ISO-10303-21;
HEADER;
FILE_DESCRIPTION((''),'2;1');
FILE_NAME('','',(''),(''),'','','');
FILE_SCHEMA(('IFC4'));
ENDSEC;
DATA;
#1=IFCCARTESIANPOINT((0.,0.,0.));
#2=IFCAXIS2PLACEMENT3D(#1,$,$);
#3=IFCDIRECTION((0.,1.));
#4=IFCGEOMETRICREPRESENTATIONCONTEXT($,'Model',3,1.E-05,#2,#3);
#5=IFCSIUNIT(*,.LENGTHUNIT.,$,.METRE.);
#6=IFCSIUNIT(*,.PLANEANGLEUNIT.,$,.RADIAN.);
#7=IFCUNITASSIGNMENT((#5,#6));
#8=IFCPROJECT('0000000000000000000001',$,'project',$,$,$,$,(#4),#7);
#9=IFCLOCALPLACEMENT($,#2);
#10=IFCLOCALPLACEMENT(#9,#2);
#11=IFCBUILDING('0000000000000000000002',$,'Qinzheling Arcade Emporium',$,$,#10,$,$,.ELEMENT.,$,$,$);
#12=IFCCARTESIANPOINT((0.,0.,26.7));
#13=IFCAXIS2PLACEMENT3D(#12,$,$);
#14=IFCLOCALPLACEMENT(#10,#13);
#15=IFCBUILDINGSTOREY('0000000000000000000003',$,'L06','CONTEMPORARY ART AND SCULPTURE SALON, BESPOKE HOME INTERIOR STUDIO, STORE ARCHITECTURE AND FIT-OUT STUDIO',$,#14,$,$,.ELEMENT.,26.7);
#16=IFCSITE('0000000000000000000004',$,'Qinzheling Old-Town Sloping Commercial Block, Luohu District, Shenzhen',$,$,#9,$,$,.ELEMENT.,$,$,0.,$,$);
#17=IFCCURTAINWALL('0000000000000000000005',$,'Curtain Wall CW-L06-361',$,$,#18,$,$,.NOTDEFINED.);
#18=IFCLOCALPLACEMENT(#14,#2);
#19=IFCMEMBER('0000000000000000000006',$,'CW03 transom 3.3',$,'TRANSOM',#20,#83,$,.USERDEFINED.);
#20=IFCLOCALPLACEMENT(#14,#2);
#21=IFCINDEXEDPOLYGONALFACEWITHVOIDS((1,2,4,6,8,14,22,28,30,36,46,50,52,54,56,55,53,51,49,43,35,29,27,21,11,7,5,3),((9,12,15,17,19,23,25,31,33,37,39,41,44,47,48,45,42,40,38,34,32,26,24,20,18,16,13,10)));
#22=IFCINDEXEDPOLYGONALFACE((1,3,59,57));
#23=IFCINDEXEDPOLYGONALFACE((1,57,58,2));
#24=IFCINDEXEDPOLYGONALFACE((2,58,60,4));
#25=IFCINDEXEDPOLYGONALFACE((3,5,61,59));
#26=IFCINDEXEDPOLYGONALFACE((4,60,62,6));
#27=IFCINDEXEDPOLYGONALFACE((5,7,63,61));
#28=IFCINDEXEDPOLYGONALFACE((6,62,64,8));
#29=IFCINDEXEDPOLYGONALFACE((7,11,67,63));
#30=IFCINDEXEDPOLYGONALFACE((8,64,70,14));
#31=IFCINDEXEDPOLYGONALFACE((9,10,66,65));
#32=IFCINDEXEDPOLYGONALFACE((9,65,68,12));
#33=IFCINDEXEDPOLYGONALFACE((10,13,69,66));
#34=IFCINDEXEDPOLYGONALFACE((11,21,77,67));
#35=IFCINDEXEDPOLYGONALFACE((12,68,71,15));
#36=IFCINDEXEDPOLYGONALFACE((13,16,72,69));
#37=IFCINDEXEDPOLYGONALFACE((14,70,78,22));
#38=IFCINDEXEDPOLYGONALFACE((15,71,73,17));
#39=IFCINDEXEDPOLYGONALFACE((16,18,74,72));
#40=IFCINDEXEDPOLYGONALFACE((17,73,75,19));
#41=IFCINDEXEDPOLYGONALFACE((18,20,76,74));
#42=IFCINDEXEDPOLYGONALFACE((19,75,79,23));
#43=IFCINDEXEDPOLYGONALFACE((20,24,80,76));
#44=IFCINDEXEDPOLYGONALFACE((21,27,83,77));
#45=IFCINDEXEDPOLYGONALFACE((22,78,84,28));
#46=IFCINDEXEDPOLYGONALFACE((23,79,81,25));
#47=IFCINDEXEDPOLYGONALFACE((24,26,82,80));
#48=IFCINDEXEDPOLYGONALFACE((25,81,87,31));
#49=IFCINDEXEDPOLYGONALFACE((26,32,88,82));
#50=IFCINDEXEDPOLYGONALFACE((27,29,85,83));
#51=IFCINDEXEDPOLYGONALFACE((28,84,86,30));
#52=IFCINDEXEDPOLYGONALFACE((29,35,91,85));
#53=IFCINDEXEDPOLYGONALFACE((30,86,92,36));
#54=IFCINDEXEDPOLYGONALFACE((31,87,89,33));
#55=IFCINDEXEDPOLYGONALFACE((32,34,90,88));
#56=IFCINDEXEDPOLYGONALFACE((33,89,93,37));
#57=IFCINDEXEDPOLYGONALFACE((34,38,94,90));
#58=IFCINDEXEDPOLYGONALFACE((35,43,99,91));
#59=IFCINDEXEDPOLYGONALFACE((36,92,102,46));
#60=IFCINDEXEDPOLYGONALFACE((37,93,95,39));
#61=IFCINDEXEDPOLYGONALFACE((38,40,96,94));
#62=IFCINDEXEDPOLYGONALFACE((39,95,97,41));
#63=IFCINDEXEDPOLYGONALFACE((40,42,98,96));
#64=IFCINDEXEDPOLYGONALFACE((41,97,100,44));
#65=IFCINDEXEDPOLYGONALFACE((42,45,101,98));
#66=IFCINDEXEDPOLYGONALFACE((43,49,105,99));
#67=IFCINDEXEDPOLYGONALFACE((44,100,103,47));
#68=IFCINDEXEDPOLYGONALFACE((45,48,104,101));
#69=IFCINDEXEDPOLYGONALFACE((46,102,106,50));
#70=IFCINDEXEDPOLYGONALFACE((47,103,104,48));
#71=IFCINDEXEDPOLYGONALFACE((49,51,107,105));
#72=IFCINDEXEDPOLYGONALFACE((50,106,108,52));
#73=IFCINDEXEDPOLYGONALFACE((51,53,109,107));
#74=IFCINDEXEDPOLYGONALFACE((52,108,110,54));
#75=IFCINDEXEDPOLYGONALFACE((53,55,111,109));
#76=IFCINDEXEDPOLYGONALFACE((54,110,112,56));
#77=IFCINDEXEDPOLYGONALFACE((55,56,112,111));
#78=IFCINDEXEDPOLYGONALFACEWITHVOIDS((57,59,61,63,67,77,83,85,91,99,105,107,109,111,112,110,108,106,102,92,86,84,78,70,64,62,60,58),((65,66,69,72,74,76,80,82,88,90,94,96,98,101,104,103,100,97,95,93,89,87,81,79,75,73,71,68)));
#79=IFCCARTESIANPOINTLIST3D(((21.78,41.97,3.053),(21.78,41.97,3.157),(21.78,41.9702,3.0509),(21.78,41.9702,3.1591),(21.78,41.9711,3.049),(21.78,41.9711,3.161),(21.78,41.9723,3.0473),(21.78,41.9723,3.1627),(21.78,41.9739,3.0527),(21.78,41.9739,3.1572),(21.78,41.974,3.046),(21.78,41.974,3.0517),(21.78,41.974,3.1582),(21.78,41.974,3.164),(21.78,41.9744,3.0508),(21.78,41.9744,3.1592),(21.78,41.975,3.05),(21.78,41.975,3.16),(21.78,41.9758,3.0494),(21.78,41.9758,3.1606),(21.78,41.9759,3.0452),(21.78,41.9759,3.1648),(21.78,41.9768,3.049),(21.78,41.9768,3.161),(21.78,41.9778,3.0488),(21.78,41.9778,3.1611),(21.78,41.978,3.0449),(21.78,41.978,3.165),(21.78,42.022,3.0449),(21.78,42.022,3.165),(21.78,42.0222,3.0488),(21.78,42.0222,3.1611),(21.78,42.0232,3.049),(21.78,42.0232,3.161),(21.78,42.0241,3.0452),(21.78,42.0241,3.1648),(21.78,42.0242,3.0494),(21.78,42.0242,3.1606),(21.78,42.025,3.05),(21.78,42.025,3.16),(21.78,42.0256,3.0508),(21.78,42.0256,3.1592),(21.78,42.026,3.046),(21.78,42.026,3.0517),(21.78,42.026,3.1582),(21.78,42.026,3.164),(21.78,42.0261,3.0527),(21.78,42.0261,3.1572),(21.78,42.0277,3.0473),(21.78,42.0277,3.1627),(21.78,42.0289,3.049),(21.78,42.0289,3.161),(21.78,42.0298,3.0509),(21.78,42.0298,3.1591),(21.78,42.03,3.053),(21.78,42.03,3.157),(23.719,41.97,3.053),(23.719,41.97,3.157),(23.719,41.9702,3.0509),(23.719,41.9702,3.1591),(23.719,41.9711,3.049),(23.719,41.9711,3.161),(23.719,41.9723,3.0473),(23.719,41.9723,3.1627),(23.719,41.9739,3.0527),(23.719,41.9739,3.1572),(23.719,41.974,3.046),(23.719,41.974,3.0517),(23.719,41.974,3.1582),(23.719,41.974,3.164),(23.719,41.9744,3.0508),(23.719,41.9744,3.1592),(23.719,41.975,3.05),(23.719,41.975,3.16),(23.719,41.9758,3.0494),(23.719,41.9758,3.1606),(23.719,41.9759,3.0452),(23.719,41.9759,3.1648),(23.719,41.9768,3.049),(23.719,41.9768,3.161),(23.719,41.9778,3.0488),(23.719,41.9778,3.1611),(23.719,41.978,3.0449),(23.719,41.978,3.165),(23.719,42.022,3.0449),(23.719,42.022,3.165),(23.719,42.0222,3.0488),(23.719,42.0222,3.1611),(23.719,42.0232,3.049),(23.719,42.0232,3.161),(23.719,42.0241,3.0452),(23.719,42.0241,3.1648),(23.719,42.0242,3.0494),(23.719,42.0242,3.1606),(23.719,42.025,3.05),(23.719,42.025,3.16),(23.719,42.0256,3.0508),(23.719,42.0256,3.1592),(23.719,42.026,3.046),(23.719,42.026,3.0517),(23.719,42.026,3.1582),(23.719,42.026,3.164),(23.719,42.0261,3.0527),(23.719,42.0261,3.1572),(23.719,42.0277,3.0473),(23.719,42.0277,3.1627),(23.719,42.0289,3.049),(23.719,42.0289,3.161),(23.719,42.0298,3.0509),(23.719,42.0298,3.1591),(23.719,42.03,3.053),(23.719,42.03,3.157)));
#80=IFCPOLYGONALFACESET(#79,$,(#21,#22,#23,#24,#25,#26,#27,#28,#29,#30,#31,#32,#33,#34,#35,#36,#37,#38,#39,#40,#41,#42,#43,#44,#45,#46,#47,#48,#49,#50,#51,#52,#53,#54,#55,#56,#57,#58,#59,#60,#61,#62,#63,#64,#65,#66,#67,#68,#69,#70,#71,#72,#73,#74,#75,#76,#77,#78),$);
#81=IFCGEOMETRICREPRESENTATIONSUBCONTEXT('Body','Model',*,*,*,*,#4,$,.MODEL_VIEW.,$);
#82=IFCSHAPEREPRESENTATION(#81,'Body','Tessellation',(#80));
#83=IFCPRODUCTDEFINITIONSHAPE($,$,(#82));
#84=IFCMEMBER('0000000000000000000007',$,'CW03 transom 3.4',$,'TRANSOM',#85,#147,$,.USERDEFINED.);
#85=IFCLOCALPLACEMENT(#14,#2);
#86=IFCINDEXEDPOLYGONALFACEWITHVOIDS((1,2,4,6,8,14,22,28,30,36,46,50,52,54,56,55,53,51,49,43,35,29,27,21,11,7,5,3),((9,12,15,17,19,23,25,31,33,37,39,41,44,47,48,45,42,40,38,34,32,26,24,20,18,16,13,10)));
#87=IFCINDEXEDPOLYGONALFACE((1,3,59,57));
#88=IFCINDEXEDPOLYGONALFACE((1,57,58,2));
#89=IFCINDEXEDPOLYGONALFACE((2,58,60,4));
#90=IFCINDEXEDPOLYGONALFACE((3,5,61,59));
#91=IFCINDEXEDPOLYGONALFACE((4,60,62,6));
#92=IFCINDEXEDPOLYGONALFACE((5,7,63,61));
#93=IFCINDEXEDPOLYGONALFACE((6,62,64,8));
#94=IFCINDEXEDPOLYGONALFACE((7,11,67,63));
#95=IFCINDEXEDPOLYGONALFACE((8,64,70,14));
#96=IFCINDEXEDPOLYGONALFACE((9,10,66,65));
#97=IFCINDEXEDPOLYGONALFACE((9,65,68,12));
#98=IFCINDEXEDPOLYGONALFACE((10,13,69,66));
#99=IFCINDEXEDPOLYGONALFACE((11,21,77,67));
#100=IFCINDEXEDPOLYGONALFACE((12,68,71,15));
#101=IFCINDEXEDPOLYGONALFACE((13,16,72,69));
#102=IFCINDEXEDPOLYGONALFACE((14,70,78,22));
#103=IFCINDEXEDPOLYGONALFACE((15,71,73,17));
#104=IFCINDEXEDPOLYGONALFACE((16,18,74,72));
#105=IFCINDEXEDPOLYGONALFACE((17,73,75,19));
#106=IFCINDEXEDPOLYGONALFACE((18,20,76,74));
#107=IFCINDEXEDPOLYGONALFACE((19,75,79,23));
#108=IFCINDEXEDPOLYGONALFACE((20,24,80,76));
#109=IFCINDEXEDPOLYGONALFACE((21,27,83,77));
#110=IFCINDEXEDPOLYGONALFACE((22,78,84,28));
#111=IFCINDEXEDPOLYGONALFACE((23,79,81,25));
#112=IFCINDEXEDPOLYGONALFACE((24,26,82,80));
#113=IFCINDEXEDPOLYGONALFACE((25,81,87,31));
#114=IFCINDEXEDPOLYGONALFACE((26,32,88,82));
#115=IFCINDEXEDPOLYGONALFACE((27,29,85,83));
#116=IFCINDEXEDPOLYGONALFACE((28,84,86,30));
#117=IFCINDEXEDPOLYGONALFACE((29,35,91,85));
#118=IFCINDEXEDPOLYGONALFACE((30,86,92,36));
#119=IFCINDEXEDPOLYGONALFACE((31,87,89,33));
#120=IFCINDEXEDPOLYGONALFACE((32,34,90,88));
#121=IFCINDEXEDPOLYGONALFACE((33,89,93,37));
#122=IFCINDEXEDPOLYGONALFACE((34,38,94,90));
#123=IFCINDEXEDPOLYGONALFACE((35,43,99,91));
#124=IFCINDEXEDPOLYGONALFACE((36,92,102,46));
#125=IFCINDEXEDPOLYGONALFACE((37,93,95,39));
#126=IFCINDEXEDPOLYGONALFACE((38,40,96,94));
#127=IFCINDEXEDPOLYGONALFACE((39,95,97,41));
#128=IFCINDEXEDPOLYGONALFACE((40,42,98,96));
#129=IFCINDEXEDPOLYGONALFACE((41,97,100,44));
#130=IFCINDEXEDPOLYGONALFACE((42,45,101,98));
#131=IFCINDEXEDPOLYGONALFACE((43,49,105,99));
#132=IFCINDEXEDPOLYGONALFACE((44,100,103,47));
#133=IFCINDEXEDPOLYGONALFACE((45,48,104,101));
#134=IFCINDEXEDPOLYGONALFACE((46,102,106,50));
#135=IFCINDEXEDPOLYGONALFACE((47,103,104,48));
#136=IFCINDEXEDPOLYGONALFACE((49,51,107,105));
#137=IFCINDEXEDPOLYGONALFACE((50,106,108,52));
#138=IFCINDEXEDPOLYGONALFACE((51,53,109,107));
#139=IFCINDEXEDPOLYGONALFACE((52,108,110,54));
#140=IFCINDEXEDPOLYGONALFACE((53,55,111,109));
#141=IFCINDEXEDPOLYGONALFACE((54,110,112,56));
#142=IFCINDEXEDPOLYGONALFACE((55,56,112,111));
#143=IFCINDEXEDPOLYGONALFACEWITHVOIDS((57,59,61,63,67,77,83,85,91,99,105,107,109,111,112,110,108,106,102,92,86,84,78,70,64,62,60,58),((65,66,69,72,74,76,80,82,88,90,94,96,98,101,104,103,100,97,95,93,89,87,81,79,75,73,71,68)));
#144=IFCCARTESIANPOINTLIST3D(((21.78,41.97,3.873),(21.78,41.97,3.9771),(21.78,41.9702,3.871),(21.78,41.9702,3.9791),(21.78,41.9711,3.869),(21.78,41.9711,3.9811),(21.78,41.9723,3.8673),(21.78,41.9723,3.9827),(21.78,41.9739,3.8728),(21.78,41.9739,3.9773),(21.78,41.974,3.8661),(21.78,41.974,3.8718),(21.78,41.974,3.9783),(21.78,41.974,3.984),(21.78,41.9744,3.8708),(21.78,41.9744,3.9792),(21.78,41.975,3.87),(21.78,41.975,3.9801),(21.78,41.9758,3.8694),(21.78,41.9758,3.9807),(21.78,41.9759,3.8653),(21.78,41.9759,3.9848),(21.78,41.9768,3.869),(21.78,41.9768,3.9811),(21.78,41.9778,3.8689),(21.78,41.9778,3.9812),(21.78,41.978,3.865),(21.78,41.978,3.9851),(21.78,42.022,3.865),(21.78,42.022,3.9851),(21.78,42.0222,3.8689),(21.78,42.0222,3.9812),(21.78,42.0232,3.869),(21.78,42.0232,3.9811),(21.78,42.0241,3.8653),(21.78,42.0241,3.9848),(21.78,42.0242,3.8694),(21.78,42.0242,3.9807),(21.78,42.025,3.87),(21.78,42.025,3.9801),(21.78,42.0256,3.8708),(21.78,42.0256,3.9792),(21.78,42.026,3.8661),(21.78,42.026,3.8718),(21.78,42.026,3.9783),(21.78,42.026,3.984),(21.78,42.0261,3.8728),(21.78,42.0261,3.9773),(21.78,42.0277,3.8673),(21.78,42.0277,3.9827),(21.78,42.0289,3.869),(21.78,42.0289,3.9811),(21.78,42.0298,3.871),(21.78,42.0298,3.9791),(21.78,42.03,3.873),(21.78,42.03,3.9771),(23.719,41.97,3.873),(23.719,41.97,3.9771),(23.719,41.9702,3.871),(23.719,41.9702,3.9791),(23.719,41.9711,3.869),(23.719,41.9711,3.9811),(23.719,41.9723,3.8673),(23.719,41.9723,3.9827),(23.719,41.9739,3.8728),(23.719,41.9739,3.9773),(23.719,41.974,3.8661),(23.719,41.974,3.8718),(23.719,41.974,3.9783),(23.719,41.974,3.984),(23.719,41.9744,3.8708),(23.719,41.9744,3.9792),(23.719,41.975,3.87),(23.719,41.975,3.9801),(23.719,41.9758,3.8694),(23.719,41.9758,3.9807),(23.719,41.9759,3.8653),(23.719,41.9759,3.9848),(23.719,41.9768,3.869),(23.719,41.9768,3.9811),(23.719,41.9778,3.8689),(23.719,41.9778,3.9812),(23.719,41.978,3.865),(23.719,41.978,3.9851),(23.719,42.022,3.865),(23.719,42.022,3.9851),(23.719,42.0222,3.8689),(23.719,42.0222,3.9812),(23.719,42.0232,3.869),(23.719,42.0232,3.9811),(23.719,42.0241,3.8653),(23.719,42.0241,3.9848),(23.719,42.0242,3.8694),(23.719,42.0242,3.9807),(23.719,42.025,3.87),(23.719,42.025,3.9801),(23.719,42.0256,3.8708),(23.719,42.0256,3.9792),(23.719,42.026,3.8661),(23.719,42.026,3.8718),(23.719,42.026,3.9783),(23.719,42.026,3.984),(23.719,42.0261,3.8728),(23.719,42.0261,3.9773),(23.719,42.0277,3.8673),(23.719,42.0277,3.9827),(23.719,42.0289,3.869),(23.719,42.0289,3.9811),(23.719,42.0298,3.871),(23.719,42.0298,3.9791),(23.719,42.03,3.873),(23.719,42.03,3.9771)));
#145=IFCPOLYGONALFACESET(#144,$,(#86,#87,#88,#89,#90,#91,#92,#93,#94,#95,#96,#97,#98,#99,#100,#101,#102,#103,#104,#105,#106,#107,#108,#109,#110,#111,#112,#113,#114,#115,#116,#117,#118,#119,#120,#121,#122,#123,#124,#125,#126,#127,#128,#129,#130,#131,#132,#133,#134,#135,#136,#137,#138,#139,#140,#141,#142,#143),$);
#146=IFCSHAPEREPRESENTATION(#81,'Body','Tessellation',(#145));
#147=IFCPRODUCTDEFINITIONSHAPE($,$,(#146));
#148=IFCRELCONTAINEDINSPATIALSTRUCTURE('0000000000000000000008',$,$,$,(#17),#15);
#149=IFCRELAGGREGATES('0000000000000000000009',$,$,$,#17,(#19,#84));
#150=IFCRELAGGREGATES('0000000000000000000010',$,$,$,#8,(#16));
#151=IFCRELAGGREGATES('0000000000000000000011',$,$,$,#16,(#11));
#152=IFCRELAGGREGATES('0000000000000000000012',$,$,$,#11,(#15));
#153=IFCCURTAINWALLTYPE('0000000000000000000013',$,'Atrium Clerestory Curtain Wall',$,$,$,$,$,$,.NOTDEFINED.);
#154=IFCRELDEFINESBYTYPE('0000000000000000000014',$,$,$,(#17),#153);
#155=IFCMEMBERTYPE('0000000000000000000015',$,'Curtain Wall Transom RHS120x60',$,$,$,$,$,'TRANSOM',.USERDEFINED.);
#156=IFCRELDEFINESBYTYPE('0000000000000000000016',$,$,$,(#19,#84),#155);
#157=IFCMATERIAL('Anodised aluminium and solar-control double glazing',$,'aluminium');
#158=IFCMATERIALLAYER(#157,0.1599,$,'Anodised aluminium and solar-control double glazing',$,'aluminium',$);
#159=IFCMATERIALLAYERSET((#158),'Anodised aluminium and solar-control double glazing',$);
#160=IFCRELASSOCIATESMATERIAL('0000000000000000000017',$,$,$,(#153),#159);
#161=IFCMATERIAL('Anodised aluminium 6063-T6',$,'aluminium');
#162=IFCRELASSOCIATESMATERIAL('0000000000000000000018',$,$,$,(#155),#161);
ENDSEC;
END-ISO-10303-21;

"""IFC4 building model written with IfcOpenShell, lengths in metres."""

from ifc_helpers import new_model, si_unit, direction, frame, origin, origin_2d, place, context, subcontext, project, spatial, hollow_rectangle, extrude, material, layer, layer_set, material_profile, profile_set, type_object, element, aggregate, save


model = new_model("IFC4")

# Units and contexts
model_context = context("Model", 3, precision=1e-05, world=origin(), true_north=direction((0.0, 1.0)))
body_context = subcontext(model_context, "Body", "Model", "MODEL_VIEW")
ifc_project = project(units=[si_unit("LENGTHUNIT", "METRE"), si_unit("PLANEANGLEUNIT", "RADIAN")], contexts=[model_context])

# Site, building, storey
site_placement = place(None, origin())
site = spatial("IfcSite", under=ifc_project, at=site_placement, Name="Qinzheling Old-Town Sloping Commercial Block, Luohu District, Shenzhen", CompositionType="ELEMENT", RefElevation=0.0)
building_placement = place(site_placement, origin())
building = spatial("IfcBuilding", under=site, at=building_placement, Name="Qinzheling Arcade Emporium", CompositionType="ELEMENT")
storey_placement = place(building_placement, frame((0.0, 0.0, 26.7)))
storey = spatial("IfcBuildingStorey", under=building, at=storey_placement, Name="L06", Description="CONTEMPORARY ART AND SCULPTURE SALON, BESPOKE HOME INTERIOR STUDIO, STORE ARCHITECTURE AND FIT-OUT STUDIO", CompositionType="ELEMENT", Elevation=26.7)

# Curtain wall, members
ifc_material_1 = material(Name="Anodised aluminium and solar-control double glazing", Category="aluminium")
ifc_layer_1 = layer(ifc_material_1, 0.1599, Name="Anodised aluminium and solar-control double glazing", Category="aluminium")
ifc_layer_set_1 = layer_set([ifc_layer_1], Name="Anodised aluminium and solar-control double glazing")
curtain_wall_type = type_object("IfcCurtainWallType", Name="Atrium Clerestory Curtain Wall", PredefinedType="NOTDEFINED", material=ifc_layer_set_1)
curtain_wall_placement = place(storey_placement, origin())
curtain_wall = element("IfcCurtainWall", 1, at=curtain_wall_placement, inside=storey, type_object=curtain_wall_type, Name="Curtain Wall CW-L06-361", PredefinedType="NOTDEFINED")
ifc_material_2 = material(Name="Anodised aluminium 6063-T6", Category="aluminium")
ifc_material_profile_1 = material_profile(ifc_material_2, hollow_rectangle(XDim=0.0601, YDim=0.1201, WallThickness=0.0039, InnerFilletRadius=0.0039, OuterFilletRadius=0.0081, at=origin_2d()), Name="RHS 120x60x4", Category="aluminium")
ifc_profile_set_1 = profile_set([ifc_material_profile_1], Name="Anodised aluminium 6063-T6")
member_type_1 = type_object("IfcMemberType", Name="Curtain Wall Transom RHS120x60", ElementType="TRANSOM", PredefinedType="USERDEFINED", material=ifc_profile_set_1)
member_1_placement = place(storey_placement, frame((21.78, 42.0, 3.105), z_axis=(1.0, 0.0, 0.0), x_axis=(0.0, 1.0, 0.0)))
member_1 = element("IfcMember", 2, at=member_1_placement, type_object=member_type_1, Name="CW03 transom 3.3", ObjectType="TRANSOM", PredefinedType="USERDEFINED", context=body_context, shape_type="SweptSolid", body=[
    extrude(hollow_rectangle(XDim=0.0601, YDim=0.1201, WallThickness=0.0039, InnerFilletRadius=0.0039, OuterFilletRadius=0.0081, at=origin_2d()), origin(), (0.0, 0.0, 1.0), 1.939),
])
member_2_placement = place(storey_placement, frame((21.78, 42.0, 3.925), z_axis=(1.0, 0.0, 0.0), x_axis=(0.0, 1.0, 0.0)))
member_2 = element("IfcMember", 3, at=member_2_placement, type_object=member_type_1, Name="CW03 transom 3.4", ObjectType="TRANSOM", PredefinedType="USERDEFINED", context=body_context, shape_type="SweptSolid", body=[
    extrude(hollow_rectangle(XDim=0.0601, YDim=0.1201, WallThickness=0.0039, InnerFilletRadius=0.0039, OuterFilletRadius=0.0081, at=origin_2d()), origin(), (0.0, 0.0, 1.0), 1.939),
])

aggregate(curtain_wall, [member_1, member_2])

save(model, "model.ifc")
